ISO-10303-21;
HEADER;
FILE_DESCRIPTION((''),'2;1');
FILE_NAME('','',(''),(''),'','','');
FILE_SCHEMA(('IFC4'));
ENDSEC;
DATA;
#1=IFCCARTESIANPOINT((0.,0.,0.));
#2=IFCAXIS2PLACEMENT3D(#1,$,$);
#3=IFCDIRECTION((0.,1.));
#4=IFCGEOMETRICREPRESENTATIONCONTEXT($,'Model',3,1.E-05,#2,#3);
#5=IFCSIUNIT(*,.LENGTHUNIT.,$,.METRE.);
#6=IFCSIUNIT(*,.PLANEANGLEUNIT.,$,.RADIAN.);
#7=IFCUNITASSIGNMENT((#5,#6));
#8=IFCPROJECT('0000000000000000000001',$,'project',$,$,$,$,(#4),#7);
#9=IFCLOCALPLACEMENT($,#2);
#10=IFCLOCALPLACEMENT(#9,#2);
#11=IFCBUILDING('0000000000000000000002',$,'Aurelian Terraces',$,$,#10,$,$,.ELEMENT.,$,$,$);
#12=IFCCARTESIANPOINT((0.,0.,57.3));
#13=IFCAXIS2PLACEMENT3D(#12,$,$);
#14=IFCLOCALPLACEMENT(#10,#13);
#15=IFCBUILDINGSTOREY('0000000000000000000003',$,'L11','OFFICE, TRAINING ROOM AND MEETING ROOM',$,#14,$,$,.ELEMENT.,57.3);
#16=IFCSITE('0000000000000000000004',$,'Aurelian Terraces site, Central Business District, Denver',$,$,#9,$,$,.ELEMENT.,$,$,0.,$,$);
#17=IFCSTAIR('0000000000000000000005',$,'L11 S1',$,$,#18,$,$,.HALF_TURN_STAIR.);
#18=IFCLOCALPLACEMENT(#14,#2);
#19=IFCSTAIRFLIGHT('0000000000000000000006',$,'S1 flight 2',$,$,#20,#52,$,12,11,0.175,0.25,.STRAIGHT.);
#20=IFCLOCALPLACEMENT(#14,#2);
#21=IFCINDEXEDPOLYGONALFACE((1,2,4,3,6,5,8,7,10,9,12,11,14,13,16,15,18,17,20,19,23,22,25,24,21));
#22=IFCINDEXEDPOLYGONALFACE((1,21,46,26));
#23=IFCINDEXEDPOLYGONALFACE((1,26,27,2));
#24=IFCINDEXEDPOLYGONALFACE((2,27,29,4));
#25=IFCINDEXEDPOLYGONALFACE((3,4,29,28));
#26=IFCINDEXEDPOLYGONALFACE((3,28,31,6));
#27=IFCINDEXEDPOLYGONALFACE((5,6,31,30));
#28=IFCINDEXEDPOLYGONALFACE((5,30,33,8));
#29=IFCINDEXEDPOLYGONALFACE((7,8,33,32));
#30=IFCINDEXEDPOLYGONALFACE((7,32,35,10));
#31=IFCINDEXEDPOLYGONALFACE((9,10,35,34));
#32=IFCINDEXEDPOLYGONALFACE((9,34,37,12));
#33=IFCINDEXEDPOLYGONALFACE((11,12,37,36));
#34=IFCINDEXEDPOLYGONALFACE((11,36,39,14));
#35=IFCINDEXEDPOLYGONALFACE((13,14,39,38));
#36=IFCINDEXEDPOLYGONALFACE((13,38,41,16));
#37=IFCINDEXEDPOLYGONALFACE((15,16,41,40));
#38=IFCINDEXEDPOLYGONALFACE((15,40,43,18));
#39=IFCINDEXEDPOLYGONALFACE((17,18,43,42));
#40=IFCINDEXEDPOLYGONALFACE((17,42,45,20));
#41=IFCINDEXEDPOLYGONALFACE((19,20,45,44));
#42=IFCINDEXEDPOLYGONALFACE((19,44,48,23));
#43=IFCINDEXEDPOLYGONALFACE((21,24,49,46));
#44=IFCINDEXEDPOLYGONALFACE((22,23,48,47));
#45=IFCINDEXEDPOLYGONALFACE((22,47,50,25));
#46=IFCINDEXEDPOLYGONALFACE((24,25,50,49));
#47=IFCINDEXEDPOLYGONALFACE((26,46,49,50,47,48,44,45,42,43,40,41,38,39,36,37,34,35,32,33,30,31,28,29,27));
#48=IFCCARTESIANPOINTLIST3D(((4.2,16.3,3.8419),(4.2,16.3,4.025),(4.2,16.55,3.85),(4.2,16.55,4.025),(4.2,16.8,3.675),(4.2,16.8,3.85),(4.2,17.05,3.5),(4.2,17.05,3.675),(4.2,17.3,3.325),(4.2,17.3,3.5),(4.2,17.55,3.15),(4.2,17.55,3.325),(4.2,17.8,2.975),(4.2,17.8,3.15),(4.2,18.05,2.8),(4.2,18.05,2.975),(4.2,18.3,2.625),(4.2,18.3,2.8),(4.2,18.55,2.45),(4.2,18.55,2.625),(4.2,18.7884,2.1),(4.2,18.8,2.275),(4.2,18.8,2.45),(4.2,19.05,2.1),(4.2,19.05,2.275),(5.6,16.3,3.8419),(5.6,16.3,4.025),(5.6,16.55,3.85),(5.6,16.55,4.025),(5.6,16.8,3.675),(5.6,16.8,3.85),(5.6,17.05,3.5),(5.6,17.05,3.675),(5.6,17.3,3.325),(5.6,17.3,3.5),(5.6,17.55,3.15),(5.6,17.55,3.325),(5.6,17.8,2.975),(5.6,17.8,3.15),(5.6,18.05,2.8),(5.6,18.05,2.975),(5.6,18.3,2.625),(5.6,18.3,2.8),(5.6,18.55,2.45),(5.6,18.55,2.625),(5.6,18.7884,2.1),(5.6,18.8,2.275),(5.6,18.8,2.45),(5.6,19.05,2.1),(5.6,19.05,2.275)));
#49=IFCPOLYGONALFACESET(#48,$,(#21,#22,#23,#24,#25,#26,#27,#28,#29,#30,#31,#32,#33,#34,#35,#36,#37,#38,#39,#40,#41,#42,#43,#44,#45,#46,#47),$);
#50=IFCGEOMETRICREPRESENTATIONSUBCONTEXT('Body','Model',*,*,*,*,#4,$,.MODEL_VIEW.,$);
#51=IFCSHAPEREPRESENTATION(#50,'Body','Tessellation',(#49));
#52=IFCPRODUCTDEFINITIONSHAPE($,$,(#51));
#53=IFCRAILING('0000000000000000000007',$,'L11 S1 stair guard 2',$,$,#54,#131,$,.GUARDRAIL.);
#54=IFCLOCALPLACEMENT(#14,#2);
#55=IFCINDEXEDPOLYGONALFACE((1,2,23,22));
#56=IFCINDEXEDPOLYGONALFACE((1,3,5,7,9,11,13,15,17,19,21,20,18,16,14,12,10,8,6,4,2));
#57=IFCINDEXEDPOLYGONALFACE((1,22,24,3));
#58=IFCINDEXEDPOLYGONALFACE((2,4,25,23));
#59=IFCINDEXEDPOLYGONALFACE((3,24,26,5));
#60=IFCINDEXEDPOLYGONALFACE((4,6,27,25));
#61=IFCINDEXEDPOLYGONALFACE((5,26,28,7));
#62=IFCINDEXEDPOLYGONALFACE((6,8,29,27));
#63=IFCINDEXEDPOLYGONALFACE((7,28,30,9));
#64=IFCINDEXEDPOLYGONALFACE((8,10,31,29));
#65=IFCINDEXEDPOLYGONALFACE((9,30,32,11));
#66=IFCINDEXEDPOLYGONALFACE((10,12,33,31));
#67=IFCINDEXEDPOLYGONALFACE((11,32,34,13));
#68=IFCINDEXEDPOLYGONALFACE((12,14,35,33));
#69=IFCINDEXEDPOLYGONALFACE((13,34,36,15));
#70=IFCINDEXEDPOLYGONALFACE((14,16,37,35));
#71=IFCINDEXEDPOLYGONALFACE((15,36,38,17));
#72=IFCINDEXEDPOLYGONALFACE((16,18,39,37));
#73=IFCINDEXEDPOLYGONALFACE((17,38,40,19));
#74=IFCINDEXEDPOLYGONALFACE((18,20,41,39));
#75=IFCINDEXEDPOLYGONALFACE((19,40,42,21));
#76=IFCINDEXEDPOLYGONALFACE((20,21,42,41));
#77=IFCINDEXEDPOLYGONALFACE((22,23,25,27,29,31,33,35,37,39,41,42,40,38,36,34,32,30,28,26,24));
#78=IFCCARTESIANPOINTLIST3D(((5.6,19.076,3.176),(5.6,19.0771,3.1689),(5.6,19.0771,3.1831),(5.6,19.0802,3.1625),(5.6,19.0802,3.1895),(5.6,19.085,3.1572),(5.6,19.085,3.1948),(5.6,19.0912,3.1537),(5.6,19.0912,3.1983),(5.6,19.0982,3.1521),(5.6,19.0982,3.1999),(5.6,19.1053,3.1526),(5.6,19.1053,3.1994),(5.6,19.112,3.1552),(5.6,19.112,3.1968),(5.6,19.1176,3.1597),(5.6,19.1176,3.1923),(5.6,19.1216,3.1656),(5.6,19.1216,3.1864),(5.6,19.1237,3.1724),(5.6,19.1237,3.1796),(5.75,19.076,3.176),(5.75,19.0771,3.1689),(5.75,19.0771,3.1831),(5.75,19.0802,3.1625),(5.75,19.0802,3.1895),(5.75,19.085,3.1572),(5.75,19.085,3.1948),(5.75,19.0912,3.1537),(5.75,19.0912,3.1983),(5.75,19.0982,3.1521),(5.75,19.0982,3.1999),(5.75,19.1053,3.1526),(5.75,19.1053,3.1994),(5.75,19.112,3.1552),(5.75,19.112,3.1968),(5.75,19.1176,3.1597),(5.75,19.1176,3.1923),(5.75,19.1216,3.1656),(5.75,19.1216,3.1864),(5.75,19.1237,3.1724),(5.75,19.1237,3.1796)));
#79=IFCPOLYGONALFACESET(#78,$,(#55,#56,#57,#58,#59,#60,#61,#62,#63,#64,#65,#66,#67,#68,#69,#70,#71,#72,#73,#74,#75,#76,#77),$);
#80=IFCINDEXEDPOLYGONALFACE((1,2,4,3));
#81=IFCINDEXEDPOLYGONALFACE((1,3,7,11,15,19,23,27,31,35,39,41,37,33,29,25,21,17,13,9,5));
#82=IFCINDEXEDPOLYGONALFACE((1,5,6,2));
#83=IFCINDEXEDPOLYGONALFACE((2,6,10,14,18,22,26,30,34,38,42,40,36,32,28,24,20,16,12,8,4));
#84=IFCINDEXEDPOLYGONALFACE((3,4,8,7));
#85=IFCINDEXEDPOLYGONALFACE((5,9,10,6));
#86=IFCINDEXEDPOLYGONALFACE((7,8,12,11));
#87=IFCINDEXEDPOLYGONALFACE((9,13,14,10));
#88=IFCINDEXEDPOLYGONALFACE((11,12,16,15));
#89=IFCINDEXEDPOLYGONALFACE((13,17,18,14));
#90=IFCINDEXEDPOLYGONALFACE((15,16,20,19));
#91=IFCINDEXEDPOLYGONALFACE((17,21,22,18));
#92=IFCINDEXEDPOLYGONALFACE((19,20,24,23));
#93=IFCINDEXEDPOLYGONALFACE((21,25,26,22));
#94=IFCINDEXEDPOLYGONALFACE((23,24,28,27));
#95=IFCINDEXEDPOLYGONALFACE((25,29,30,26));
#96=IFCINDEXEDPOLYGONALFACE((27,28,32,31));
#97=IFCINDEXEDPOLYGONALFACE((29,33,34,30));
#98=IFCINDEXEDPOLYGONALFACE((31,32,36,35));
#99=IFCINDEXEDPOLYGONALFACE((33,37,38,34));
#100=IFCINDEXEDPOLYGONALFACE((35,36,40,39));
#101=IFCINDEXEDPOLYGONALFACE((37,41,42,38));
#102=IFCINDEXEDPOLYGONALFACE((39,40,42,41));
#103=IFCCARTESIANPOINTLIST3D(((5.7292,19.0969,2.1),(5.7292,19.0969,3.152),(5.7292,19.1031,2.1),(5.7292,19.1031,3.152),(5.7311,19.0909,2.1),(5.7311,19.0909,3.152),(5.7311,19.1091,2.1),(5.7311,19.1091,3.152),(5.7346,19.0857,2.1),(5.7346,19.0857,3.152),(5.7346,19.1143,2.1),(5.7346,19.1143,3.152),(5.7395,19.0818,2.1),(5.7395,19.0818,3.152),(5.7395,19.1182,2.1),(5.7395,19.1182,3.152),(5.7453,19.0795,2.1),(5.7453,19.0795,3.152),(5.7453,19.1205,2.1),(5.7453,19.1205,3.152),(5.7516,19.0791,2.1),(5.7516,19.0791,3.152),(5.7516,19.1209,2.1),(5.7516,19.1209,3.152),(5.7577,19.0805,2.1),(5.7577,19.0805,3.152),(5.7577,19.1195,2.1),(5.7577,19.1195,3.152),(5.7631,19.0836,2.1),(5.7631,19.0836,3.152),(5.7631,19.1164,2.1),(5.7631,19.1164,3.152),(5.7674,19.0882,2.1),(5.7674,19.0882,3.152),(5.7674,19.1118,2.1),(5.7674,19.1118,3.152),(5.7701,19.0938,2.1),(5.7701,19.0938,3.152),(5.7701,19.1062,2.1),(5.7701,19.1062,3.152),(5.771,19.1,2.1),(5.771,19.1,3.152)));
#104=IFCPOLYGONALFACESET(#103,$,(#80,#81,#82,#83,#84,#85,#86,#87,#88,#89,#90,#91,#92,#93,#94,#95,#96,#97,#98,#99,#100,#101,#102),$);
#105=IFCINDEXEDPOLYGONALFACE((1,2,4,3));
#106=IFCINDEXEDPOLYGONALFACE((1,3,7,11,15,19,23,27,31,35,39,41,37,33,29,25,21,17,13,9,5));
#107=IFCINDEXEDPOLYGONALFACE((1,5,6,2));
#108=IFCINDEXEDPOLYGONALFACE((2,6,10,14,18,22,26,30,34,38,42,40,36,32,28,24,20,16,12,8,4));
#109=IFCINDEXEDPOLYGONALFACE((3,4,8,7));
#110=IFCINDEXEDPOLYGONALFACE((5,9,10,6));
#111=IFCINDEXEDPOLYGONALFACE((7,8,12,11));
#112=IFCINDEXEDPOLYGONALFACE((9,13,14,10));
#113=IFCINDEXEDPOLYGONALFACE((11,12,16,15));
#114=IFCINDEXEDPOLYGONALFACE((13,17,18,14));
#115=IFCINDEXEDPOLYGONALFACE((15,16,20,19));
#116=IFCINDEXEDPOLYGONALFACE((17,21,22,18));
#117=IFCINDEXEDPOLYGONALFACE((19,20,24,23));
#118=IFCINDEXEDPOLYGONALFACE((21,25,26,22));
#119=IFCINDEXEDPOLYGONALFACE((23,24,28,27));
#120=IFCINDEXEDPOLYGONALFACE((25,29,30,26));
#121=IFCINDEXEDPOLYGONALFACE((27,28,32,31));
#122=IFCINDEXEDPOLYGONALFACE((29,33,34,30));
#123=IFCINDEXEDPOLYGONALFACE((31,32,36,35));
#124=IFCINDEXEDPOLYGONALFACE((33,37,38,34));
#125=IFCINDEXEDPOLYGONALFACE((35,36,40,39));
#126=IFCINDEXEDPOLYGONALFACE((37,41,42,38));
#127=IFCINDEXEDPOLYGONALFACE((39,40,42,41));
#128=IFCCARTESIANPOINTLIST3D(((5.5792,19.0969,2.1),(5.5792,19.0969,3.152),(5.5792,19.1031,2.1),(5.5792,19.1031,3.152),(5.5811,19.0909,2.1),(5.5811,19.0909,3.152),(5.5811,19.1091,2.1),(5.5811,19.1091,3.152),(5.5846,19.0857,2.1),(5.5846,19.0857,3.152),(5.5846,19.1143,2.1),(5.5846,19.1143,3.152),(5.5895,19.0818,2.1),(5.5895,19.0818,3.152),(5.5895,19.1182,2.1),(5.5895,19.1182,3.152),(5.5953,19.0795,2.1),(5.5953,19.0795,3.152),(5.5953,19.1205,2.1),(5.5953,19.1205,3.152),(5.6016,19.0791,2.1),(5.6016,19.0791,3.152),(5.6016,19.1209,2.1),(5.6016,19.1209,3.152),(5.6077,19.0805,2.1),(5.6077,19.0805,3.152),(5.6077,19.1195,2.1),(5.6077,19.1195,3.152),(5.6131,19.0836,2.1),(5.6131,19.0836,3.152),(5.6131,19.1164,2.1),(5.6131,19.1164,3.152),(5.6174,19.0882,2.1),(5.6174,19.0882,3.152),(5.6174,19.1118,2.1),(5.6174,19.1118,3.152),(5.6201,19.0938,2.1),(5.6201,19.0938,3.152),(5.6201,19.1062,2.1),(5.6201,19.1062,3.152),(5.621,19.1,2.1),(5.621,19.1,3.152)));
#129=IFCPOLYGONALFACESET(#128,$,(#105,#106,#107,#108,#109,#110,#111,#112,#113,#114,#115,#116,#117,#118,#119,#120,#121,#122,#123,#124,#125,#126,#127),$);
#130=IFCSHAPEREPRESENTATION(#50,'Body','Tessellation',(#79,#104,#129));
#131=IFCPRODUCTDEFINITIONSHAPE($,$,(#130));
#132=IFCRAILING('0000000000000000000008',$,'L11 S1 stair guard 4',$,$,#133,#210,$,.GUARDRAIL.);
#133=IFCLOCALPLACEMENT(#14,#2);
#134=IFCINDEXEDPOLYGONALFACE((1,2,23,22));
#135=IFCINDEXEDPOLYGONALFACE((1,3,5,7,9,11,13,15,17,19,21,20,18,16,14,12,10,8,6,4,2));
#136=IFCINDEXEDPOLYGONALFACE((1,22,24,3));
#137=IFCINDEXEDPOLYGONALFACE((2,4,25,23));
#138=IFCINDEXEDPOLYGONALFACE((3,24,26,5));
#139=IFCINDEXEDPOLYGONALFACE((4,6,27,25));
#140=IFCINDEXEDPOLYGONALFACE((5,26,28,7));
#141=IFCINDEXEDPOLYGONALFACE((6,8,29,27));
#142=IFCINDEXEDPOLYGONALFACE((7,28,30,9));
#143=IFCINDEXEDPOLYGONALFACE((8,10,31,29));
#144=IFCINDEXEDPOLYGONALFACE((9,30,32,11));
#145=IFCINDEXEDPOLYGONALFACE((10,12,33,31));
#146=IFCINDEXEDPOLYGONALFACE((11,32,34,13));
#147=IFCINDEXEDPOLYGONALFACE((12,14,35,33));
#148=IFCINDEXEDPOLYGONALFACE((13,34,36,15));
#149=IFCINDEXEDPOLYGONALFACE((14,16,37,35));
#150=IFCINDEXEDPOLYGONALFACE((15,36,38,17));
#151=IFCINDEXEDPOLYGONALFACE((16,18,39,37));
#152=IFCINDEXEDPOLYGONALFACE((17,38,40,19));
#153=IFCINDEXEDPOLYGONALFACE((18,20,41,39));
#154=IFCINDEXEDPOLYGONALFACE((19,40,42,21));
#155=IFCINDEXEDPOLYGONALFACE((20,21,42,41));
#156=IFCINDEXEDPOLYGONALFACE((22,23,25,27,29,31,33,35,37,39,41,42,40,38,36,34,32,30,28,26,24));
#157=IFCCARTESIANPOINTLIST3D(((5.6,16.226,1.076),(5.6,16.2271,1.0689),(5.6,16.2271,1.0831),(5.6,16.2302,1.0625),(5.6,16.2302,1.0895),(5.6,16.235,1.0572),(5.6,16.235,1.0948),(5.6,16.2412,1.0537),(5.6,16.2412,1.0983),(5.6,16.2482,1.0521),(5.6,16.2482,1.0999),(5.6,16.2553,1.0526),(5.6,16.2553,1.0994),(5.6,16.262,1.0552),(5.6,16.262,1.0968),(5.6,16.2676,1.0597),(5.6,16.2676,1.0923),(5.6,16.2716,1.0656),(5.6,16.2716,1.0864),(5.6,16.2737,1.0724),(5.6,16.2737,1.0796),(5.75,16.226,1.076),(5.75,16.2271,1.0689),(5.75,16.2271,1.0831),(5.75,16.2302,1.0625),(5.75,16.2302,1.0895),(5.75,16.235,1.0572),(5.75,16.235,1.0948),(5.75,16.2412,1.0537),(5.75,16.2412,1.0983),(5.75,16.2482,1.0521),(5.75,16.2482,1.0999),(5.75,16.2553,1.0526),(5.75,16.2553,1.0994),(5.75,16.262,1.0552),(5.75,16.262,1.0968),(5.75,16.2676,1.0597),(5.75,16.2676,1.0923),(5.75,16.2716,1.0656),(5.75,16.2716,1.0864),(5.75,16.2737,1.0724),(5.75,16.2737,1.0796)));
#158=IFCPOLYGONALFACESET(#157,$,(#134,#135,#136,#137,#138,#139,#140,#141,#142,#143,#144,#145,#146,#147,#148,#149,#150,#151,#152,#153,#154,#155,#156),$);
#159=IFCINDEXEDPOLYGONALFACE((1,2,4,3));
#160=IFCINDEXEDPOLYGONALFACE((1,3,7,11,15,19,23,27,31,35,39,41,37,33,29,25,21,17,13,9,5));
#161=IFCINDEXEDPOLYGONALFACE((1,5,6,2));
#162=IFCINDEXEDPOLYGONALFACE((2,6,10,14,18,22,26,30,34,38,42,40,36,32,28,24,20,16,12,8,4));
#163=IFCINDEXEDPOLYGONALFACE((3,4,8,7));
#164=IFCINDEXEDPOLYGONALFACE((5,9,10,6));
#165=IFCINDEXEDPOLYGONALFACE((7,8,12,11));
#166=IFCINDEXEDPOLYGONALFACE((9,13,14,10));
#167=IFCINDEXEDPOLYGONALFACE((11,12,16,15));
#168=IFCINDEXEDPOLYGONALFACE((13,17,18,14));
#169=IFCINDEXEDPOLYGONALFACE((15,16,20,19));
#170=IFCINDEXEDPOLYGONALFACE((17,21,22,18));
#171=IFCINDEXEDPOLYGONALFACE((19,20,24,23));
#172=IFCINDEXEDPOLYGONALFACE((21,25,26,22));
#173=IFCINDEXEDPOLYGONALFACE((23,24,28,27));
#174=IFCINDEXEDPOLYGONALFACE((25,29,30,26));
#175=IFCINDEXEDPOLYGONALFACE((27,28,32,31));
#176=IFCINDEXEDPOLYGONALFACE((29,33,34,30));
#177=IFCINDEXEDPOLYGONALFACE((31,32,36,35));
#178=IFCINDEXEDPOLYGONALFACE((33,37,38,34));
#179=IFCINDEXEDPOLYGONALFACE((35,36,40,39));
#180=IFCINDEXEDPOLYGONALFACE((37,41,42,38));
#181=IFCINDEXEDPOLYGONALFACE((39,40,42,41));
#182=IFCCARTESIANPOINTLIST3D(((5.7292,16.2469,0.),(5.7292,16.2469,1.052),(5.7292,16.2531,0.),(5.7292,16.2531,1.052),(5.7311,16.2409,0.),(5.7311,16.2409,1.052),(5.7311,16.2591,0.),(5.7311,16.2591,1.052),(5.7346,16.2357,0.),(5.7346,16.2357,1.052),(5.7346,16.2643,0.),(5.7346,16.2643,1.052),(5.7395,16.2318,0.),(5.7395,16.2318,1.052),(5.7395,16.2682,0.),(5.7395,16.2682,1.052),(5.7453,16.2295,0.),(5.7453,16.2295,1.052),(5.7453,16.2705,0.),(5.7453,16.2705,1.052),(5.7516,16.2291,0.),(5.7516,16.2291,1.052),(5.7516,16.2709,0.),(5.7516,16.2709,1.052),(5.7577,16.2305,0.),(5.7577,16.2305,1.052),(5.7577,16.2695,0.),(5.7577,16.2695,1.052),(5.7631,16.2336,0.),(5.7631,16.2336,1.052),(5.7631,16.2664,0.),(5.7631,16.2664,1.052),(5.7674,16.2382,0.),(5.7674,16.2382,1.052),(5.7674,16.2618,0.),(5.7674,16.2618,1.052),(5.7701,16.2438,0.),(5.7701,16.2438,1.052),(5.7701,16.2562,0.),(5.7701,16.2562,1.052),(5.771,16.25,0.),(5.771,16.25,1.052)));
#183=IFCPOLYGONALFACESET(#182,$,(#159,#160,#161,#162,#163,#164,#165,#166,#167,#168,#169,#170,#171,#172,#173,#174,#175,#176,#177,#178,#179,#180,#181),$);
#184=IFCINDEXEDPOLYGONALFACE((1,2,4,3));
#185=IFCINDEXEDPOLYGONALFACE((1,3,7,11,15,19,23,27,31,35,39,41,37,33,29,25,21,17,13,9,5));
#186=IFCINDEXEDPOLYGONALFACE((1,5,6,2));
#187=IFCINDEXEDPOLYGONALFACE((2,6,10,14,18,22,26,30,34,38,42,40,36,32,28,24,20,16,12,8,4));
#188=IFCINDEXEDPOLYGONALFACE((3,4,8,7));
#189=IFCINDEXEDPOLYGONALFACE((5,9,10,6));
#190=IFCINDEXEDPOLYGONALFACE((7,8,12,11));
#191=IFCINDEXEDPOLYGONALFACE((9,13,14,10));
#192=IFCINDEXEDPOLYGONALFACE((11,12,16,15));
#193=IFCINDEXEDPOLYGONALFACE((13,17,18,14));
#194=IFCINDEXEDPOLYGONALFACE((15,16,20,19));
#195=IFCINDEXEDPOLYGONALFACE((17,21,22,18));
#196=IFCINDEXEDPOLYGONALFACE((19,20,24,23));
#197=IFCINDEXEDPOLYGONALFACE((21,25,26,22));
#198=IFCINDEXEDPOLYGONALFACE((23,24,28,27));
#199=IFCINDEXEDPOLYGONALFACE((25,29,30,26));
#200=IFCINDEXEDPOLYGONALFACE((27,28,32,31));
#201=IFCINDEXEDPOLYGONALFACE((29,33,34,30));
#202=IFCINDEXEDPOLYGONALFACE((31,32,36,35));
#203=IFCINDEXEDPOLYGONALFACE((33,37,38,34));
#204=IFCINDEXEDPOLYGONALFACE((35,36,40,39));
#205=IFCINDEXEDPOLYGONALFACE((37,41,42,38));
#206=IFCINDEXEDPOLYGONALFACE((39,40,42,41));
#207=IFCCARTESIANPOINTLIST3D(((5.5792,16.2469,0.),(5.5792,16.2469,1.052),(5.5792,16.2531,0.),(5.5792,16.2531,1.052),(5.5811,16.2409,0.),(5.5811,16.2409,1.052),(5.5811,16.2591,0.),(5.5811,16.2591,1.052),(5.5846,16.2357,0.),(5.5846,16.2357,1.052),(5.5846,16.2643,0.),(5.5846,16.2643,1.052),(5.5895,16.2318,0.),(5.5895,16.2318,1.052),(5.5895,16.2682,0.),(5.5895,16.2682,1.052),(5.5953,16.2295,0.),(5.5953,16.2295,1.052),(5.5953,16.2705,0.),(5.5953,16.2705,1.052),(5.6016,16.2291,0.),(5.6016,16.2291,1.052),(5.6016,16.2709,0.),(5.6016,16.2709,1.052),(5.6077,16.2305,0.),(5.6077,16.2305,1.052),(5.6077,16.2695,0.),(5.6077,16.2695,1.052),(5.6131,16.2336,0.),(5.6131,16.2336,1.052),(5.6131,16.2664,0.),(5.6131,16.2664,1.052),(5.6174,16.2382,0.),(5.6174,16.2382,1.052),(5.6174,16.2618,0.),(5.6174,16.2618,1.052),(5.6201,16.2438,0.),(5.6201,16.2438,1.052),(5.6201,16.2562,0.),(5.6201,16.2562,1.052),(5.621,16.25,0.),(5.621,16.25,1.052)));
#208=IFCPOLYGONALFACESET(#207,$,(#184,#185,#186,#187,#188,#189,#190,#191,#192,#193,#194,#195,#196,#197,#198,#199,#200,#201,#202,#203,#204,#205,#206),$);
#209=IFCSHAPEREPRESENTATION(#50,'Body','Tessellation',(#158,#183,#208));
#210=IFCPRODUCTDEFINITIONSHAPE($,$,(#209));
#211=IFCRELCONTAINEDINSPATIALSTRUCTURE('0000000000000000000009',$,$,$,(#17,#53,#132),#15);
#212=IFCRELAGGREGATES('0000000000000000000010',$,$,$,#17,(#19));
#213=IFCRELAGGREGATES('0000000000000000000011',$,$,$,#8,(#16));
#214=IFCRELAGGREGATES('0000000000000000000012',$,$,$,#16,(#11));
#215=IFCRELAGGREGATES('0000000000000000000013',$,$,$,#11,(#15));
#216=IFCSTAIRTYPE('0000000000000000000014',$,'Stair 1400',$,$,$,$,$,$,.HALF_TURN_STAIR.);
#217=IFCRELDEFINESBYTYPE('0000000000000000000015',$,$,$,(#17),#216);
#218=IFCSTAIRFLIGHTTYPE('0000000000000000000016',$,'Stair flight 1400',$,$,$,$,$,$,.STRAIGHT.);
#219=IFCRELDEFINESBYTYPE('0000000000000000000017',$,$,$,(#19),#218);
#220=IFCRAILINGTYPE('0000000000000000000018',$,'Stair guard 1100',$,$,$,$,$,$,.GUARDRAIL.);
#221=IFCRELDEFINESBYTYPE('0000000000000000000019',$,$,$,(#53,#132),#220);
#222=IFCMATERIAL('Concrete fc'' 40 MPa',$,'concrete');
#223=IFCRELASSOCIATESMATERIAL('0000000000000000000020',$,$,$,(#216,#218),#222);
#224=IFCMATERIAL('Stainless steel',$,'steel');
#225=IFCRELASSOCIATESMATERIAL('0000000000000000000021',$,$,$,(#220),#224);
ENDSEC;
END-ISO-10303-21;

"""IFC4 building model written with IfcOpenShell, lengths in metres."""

from ifc_helpers import new_model, si_unit, direction, frame, origin, origin_2d, place, context, subcontext, project, spatial, polyline, circle, outline, extrude, source, transform, mapped, material, type_object, element, aggregate, save


model = new_model("IFC4")

# Units and contexts
model_context = context("Model", 3, precision=1e-05, world=origin(), true_north=direction((0.0, 1.0)))
body_context = subcontext(model_context, "Body", "Model", "MODEL_VIEW")
ifc_project = project(units=[si_unit("LENGTHUNIT", "METRE"), si_unit("PLANEANGLEUNIT", "RADIAN")], contexts=[model_context])

# Site, building, storey
site_placement = place(None, origin())
site = spatial("IfcSite", under=ifc_project, at=site_placement, Name="Aurelian Terraces site, Central Business District, Denver", CompositionType="ELEMENT", RefElevation=0.0)
building_placement = place(site_placement, origin())
building = spatial("IfcBuilding", under=site, at=building_placement, Name="Aurelian Terraces", CompositionType="ELEMENT")
storey_placement = place(building_placement, frame((0.0, 0.0, 57.3)))
storey = spatial("IfcBuildingStorey", under=building, at=storey_placement, Name="L11", Description="OFFICE, TRAINING ROOM AND MEETING ROOM", CompositionType="ELEMENT", Elevation=57.3)

# Shared definitions
ifc_material_1 = material(Name="Concrete fc' 40 MPa", Category="concrete")

# Shared definitions
ifc_material_2 = material(Name="Stainless steel", Category="steel")

# Stair, stair flight
stair_type = type_object("IfcStairType", Name="Stair 1400", PredefinedType="HALF_TURN_STAIR", material=ifc_material_1)
stair_placement = place(storey_placement, origin())
stair = element("IfcStair", 1, at=stair_placement, inside=storey, type_object=stair_type, Name="L11 S1", PredefinedType="HALF_TURN_STAIR")
stair_flight_type = type_object("IfcStairFlightType", Name="Stair flight 1400", PredefinedType="STRAIGHT", material=ifc_material_1)
shared_shape_1 = source(origin(), body_context, "Body", "SweptSolid", [
    extrude(outline(polyline([(0.0, 0.0), (0.0, 0.175), (0.25, 0.175), (0.25, 0.35), (0.5, 0.35), (0.5, 0.525), (0.75, 0.525), (0.75, 0.7), (1.0, 0.7), (1.0, 0.875), (1.25, 0.875), (1.25, 1.05), (1.5, 1.05), (1.5, 1.225), (1.75, 1.225), (1.75, 1.4), (2.0, 1.4), (2.0, 1.575), (2.25, 1.575), (2.25, 1.75), (2.5, 1.75), (2.5, 1.925), (2.75, 1.925), (2.75, 2.1), (2.75, 1.7419), (0.2616, 0.0), (0.0, 0.0)])), frame((0.0, 0.7, 0.0), z_axis=(0.0, -1.0, 0.0), x_axis=(1.0, 0.0, 0.0)), (0.0, 0.0, 1.0), 1.4),
])
stair_flight_1_placement = place(storey_placement, frame((4.9, 19.05, 2.1), z_axis=(0.0, 0.0, 1.0), x_axis=(0.0, -1.0, 0.0)))
stair_flight_1 = element("IfcStairFlight", 2, at=stair_flight_1_placement, type_object=stair_flight_type, Name="S1 flight 2", NumberOfRisers=12, NumberOfTreads=11, PredefinedType="STRAIGHT", RiserHeight=0.175, TreadLength=0.25, context=body_context, shape_type="MappedRepresentation", body=[
    mapped(shared_shape_1, transform((0.0, 0.0, 0.0), scale=1.0)),
])
aggregate(stair, [stair_flight_1])

# Railings
railing_type_1 = type_object("IfcRailingType", Name="Stair guard 1100", PredefinedType="GUARDRAIL", material=ifc_material_2)
shared_shape_2 = source(origin(), body_context, "Body", "SweptSolid", [
    extrude(circle(Radius=0.024, at=origin_2d()), frame((0.0, 0.0, 1.076), z_axis=(-1.0, 0.0, 0.0), x_axis=(0.0, -1.0, 0.0)), (0.0, 0.0, 1.0), 0.15),
    extrude(circle(Radius=0.021, at=origin_2d()), origin(), (0.0, 0.0, 1.0), 1.052),
    extrude(circle(Radius=0.021, at=origin_2d()), frame((-0.15, 0.0, 0.0)), (0.0, 0.0, 1.0), 1.052),
])
for number, where, name in (
    (3, (5.75, 19.1, 2.1), "L11 S1 stair guard 2"),
    (4, (5.75, 16.25, 0.0), "L11 S1 stair guard 4"),
):
    element("IfcRailing", number, at=place(storey_placement, frame(where)), inside=storey, type_object=railing_type_1, Name=name, PredefinedType="GUARDRAIL", context=body_context, shape_type="MappedRepresentation", body=[
        mapped(shared_shape_2, transform((0.0, 0.0, 0.0), scale=1.0)),
    ])

save(model, "model.ifc")
